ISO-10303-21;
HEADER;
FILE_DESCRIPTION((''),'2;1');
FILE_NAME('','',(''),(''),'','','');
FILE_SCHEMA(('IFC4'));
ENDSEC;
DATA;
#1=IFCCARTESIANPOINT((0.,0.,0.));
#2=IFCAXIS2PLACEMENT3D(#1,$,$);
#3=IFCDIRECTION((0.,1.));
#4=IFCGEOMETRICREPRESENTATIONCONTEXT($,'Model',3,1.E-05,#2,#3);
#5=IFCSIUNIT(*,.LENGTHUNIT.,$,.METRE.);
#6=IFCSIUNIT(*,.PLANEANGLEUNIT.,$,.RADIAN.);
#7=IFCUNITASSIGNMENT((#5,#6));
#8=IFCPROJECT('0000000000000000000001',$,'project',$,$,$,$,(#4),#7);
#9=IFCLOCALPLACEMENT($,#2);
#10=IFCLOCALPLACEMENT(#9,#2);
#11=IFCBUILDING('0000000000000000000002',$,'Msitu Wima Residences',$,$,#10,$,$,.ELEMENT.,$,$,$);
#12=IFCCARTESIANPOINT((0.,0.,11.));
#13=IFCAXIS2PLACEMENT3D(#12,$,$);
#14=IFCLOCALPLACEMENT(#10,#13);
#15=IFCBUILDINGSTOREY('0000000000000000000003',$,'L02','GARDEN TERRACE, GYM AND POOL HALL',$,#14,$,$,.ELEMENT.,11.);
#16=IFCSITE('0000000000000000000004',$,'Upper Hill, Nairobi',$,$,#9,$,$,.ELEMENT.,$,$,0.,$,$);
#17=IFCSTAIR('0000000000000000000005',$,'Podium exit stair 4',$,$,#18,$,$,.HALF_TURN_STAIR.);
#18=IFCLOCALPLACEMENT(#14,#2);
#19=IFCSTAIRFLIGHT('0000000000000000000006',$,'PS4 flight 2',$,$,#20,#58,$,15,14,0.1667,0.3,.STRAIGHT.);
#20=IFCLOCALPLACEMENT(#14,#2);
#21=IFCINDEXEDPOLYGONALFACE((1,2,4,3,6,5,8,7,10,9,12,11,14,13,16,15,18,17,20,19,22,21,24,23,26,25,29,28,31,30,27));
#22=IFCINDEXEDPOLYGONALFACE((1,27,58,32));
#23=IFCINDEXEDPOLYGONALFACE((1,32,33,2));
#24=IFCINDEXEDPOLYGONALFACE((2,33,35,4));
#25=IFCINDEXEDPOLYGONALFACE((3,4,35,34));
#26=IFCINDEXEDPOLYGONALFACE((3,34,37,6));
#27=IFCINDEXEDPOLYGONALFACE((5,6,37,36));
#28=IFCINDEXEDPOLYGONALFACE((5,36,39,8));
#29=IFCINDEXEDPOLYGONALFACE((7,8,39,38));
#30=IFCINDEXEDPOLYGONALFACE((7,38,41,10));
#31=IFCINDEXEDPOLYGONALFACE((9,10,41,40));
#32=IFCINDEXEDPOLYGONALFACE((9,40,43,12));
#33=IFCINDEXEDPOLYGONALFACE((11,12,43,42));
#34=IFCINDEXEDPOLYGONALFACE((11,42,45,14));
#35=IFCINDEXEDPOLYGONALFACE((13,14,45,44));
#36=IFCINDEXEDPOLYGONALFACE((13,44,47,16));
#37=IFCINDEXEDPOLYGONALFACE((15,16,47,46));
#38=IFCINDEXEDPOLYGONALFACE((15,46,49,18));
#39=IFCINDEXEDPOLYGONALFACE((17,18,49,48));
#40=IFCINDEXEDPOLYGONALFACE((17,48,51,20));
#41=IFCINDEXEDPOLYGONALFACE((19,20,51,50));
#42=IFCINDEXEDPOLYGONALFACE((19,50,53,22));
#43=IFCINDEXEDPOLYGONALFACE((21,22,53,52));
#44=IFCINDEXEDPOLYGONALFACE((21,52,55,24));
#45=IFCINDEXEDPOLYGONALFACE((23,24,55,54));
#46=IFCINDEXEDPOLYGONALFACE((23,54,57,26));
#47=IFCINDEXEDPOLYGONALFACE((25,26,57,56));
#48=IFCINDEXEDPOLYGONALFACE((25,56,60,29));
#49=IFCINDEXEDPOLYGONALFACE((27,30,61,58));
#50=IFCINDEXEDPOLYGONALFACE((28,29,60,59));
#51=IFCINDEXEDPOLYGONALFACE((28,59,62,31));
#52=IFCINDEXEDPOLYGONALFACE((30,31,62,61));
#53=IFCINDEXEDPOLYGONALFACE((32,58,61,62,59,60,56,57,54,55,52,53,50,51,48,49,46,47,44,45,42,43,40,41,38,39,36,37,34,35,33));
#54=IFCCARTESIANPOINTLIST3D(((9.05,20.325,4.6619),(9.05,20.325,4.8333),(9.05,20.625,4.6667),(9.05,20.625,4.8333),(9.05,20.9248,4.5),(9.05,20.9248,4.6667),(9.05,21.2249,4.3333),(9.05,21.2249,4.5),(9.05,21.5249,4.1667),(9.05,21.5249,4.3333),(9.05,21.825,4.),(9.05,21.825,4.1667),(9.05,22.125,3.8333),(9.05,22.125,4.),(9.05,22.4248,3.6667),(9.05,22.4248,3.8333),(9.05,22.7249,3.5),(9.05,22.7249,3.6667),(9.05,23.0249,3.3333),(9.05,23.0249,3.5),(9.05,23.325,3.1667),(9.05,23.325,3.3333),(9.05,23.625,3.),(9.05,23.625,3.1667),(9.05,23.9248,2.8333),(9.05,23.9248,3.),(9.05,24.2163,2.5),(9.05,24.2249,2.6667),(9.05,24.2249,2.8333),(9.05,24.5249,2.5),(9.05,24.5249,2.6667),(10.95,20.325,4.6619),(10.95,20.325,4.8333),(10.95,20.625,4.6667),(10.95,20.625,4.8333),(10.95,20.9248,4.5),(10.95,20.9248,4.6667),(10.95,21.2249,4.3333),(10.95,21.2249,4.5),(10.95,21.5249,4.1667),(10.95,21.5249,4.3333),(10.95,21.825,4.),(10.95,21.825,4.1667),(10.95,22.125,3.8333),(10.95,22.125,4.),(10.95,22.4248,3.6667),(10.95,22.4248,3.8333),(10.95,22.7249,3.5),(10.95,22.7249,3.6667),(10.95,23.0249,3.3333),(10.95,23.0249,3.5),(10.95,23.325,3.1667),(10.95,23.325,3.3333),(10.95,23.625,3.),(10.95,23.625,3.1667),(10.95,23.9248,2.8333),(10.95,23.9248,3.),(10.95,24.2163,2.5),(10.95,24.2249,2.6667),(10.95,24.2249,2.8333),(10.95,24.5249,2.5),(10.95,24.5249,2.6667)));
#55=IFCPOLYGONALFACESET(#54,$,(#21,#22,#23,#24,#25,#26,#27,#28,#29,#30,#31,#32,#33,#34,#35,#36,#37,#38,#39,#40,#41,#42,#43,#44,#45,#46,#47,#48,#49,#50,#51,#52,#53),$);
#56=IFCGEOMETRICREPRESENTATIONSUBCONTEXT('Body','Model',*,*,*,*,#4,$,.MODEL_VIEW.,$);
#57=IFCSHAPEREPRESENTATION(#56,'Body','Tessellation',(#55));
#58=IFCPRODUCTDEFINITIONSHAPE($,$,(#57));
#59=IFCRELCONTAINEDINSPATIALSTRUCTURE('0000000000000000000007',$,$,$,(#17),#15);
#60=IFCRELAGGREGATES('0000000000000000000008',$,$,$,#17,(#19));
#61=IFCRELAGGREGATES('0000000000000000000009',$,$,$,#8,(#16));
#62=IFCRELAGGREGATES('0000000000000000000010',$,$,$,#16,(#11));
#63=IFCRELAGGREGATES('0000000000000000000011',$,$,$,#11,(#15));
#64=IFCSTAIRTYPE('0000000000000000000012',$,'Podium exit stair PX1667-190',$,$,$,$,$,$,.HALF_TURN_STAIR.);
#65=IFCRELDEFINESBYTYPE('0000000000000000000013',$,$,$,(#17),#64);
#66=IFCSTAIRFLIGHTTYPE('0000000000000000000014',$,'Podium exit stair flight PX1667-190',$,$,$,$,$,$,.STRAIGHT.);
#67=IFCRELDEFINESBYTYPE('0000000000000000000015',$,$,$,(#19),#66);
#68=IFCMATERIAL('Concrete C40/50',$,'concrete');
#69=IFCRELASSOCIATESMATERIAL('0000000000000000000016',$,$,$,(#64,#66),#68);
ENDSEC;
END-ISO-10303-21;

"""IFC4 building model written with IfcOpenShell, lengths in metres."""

from ifc_helpers import new_model, si_unit, direction, frame, origin, place, context, subcontext, project, spatial, polyline, outline, extrude, material, type_object, element, aggregate, save


model = new_model("IFC4")

# Units and contexts
model_context = context("Model", 3, precision=1e-05, world=origin(), true_north=direction((0.0, 1.0)))
body_context = subcontext(model_context, "Body", "Model", "MODEL_VIEW")
ifc_project = project(units=[si_unit("LENGTHUNIT", "METRE"), si_unit("PLANEANGLEUNIT", "RADIAN")], contexts=[model_context])

# Site, building, storey
site_placement = place(None, origin())
site = spatial("IfcSite", under=ifc_project, at=site_placement, Name="Upper Hill, Nairobi", CompositionType="ELEMENT", RefElevation=0.0)
building_placement = place(site_placement, origin())
building = spatial("IfcBuilding", under=site, at=building_placement, Name="Msitu Wima Residences", CompositionType="ELEMENT")
storey_placement = place(building_placement, frame((0.0, 0.0, 11.0)))
storey = spatial("IfcBuildingStorey", under=building, at=storey_placement, Name="L02", Description="GARDEN TERRACE, GYM AND POOL HALL", CompositionType="ELEMENT", Elevation=11.0)

# Shared definitions
ifc_material_1 = material(Name="Concrete C40/50", Category="concrete")

# Stair, stair flight
stair_type_1 = type_object("IfcStairType", Name="Podium exit stair PX1667-190", PredefinedType="HALF_TURN_STAIR", material=ifc_material_1)
stair_1_placement = place(storey_placement, origin())
stair_1 = element("IfcStair", 1, at=stair_1_placement, inside=storey, type_object=stair_type_1, Name="Podium exit stair 4", PredefinedType="HALF_TURN_STAIR")
stair_flight_type_1 = type_object("IfcStairFlightType", Name="Podium exit stair flight PX1667-190", PredefinedType="STRAIGHT", material=ifc_material_1)
stair_flight_1_placement = place(storey_placement, frame((10.0, 24.5249, 2.5), z_axis=(0.0, 0.0, 1.0), x_axis=(0.0, -1.0, 0.0)))
stair_flight_1 = element("IfcStairFlight", 2, at=stair_flight_1_placement, type_object=stair_flight_type_1, Name="PS4 flight 2", NumberOfRisers=15, NumberOfTreads=14, PredefinedType="STRAIGHT", RiserHeight=0.1667, TreadLength=0.3, context=body_context, shape_type="SweptSolid", body=[
    extrude(outline(polyline([(0.0, 0.0), (0.0, 0.1667), (0.3, 0.1667), (0.3, 0.3333), (0.6001, 0.3333), (0.6001, 0.5), (0.8999, 0.5), (0.8999, 0.6667), (1.2, 0.6667), (1.2, 0.8333), (1.5, 0.8333), (1.5, 1.0), (1.8, 1.0), (1.8, 1.1667), (2.1001, 1.1667), (2.1001, 1.3333), (2.3999, 1.3333), (2.3999, 1.5), (2.7, 1.5), (2.7, 1.6667), (3.0, 1.6667), (3.0, 1.8333), (3.3, 1.8333), (3.3, 2.0), (3.6001, 2.0), (3.6001, 2.1667), (3.8999, 2.1667), (3.8999, 2.3333), (4.2, 2.3333), (4.2, 2.5), (4.2, 2.1619), (0.3086, 0.0), (0.0, 0.0)])), frame((0.0, 0.95, 0.0), z_axis=(0.0, -1.0, 0.0), x_axis=(1.0, 0.0, 0.0)), (0.0, 0.0, 1.0), 1.8999),
])
aggregate(stair_1, [stair_flight_1])

save(model, "model.ifc")
